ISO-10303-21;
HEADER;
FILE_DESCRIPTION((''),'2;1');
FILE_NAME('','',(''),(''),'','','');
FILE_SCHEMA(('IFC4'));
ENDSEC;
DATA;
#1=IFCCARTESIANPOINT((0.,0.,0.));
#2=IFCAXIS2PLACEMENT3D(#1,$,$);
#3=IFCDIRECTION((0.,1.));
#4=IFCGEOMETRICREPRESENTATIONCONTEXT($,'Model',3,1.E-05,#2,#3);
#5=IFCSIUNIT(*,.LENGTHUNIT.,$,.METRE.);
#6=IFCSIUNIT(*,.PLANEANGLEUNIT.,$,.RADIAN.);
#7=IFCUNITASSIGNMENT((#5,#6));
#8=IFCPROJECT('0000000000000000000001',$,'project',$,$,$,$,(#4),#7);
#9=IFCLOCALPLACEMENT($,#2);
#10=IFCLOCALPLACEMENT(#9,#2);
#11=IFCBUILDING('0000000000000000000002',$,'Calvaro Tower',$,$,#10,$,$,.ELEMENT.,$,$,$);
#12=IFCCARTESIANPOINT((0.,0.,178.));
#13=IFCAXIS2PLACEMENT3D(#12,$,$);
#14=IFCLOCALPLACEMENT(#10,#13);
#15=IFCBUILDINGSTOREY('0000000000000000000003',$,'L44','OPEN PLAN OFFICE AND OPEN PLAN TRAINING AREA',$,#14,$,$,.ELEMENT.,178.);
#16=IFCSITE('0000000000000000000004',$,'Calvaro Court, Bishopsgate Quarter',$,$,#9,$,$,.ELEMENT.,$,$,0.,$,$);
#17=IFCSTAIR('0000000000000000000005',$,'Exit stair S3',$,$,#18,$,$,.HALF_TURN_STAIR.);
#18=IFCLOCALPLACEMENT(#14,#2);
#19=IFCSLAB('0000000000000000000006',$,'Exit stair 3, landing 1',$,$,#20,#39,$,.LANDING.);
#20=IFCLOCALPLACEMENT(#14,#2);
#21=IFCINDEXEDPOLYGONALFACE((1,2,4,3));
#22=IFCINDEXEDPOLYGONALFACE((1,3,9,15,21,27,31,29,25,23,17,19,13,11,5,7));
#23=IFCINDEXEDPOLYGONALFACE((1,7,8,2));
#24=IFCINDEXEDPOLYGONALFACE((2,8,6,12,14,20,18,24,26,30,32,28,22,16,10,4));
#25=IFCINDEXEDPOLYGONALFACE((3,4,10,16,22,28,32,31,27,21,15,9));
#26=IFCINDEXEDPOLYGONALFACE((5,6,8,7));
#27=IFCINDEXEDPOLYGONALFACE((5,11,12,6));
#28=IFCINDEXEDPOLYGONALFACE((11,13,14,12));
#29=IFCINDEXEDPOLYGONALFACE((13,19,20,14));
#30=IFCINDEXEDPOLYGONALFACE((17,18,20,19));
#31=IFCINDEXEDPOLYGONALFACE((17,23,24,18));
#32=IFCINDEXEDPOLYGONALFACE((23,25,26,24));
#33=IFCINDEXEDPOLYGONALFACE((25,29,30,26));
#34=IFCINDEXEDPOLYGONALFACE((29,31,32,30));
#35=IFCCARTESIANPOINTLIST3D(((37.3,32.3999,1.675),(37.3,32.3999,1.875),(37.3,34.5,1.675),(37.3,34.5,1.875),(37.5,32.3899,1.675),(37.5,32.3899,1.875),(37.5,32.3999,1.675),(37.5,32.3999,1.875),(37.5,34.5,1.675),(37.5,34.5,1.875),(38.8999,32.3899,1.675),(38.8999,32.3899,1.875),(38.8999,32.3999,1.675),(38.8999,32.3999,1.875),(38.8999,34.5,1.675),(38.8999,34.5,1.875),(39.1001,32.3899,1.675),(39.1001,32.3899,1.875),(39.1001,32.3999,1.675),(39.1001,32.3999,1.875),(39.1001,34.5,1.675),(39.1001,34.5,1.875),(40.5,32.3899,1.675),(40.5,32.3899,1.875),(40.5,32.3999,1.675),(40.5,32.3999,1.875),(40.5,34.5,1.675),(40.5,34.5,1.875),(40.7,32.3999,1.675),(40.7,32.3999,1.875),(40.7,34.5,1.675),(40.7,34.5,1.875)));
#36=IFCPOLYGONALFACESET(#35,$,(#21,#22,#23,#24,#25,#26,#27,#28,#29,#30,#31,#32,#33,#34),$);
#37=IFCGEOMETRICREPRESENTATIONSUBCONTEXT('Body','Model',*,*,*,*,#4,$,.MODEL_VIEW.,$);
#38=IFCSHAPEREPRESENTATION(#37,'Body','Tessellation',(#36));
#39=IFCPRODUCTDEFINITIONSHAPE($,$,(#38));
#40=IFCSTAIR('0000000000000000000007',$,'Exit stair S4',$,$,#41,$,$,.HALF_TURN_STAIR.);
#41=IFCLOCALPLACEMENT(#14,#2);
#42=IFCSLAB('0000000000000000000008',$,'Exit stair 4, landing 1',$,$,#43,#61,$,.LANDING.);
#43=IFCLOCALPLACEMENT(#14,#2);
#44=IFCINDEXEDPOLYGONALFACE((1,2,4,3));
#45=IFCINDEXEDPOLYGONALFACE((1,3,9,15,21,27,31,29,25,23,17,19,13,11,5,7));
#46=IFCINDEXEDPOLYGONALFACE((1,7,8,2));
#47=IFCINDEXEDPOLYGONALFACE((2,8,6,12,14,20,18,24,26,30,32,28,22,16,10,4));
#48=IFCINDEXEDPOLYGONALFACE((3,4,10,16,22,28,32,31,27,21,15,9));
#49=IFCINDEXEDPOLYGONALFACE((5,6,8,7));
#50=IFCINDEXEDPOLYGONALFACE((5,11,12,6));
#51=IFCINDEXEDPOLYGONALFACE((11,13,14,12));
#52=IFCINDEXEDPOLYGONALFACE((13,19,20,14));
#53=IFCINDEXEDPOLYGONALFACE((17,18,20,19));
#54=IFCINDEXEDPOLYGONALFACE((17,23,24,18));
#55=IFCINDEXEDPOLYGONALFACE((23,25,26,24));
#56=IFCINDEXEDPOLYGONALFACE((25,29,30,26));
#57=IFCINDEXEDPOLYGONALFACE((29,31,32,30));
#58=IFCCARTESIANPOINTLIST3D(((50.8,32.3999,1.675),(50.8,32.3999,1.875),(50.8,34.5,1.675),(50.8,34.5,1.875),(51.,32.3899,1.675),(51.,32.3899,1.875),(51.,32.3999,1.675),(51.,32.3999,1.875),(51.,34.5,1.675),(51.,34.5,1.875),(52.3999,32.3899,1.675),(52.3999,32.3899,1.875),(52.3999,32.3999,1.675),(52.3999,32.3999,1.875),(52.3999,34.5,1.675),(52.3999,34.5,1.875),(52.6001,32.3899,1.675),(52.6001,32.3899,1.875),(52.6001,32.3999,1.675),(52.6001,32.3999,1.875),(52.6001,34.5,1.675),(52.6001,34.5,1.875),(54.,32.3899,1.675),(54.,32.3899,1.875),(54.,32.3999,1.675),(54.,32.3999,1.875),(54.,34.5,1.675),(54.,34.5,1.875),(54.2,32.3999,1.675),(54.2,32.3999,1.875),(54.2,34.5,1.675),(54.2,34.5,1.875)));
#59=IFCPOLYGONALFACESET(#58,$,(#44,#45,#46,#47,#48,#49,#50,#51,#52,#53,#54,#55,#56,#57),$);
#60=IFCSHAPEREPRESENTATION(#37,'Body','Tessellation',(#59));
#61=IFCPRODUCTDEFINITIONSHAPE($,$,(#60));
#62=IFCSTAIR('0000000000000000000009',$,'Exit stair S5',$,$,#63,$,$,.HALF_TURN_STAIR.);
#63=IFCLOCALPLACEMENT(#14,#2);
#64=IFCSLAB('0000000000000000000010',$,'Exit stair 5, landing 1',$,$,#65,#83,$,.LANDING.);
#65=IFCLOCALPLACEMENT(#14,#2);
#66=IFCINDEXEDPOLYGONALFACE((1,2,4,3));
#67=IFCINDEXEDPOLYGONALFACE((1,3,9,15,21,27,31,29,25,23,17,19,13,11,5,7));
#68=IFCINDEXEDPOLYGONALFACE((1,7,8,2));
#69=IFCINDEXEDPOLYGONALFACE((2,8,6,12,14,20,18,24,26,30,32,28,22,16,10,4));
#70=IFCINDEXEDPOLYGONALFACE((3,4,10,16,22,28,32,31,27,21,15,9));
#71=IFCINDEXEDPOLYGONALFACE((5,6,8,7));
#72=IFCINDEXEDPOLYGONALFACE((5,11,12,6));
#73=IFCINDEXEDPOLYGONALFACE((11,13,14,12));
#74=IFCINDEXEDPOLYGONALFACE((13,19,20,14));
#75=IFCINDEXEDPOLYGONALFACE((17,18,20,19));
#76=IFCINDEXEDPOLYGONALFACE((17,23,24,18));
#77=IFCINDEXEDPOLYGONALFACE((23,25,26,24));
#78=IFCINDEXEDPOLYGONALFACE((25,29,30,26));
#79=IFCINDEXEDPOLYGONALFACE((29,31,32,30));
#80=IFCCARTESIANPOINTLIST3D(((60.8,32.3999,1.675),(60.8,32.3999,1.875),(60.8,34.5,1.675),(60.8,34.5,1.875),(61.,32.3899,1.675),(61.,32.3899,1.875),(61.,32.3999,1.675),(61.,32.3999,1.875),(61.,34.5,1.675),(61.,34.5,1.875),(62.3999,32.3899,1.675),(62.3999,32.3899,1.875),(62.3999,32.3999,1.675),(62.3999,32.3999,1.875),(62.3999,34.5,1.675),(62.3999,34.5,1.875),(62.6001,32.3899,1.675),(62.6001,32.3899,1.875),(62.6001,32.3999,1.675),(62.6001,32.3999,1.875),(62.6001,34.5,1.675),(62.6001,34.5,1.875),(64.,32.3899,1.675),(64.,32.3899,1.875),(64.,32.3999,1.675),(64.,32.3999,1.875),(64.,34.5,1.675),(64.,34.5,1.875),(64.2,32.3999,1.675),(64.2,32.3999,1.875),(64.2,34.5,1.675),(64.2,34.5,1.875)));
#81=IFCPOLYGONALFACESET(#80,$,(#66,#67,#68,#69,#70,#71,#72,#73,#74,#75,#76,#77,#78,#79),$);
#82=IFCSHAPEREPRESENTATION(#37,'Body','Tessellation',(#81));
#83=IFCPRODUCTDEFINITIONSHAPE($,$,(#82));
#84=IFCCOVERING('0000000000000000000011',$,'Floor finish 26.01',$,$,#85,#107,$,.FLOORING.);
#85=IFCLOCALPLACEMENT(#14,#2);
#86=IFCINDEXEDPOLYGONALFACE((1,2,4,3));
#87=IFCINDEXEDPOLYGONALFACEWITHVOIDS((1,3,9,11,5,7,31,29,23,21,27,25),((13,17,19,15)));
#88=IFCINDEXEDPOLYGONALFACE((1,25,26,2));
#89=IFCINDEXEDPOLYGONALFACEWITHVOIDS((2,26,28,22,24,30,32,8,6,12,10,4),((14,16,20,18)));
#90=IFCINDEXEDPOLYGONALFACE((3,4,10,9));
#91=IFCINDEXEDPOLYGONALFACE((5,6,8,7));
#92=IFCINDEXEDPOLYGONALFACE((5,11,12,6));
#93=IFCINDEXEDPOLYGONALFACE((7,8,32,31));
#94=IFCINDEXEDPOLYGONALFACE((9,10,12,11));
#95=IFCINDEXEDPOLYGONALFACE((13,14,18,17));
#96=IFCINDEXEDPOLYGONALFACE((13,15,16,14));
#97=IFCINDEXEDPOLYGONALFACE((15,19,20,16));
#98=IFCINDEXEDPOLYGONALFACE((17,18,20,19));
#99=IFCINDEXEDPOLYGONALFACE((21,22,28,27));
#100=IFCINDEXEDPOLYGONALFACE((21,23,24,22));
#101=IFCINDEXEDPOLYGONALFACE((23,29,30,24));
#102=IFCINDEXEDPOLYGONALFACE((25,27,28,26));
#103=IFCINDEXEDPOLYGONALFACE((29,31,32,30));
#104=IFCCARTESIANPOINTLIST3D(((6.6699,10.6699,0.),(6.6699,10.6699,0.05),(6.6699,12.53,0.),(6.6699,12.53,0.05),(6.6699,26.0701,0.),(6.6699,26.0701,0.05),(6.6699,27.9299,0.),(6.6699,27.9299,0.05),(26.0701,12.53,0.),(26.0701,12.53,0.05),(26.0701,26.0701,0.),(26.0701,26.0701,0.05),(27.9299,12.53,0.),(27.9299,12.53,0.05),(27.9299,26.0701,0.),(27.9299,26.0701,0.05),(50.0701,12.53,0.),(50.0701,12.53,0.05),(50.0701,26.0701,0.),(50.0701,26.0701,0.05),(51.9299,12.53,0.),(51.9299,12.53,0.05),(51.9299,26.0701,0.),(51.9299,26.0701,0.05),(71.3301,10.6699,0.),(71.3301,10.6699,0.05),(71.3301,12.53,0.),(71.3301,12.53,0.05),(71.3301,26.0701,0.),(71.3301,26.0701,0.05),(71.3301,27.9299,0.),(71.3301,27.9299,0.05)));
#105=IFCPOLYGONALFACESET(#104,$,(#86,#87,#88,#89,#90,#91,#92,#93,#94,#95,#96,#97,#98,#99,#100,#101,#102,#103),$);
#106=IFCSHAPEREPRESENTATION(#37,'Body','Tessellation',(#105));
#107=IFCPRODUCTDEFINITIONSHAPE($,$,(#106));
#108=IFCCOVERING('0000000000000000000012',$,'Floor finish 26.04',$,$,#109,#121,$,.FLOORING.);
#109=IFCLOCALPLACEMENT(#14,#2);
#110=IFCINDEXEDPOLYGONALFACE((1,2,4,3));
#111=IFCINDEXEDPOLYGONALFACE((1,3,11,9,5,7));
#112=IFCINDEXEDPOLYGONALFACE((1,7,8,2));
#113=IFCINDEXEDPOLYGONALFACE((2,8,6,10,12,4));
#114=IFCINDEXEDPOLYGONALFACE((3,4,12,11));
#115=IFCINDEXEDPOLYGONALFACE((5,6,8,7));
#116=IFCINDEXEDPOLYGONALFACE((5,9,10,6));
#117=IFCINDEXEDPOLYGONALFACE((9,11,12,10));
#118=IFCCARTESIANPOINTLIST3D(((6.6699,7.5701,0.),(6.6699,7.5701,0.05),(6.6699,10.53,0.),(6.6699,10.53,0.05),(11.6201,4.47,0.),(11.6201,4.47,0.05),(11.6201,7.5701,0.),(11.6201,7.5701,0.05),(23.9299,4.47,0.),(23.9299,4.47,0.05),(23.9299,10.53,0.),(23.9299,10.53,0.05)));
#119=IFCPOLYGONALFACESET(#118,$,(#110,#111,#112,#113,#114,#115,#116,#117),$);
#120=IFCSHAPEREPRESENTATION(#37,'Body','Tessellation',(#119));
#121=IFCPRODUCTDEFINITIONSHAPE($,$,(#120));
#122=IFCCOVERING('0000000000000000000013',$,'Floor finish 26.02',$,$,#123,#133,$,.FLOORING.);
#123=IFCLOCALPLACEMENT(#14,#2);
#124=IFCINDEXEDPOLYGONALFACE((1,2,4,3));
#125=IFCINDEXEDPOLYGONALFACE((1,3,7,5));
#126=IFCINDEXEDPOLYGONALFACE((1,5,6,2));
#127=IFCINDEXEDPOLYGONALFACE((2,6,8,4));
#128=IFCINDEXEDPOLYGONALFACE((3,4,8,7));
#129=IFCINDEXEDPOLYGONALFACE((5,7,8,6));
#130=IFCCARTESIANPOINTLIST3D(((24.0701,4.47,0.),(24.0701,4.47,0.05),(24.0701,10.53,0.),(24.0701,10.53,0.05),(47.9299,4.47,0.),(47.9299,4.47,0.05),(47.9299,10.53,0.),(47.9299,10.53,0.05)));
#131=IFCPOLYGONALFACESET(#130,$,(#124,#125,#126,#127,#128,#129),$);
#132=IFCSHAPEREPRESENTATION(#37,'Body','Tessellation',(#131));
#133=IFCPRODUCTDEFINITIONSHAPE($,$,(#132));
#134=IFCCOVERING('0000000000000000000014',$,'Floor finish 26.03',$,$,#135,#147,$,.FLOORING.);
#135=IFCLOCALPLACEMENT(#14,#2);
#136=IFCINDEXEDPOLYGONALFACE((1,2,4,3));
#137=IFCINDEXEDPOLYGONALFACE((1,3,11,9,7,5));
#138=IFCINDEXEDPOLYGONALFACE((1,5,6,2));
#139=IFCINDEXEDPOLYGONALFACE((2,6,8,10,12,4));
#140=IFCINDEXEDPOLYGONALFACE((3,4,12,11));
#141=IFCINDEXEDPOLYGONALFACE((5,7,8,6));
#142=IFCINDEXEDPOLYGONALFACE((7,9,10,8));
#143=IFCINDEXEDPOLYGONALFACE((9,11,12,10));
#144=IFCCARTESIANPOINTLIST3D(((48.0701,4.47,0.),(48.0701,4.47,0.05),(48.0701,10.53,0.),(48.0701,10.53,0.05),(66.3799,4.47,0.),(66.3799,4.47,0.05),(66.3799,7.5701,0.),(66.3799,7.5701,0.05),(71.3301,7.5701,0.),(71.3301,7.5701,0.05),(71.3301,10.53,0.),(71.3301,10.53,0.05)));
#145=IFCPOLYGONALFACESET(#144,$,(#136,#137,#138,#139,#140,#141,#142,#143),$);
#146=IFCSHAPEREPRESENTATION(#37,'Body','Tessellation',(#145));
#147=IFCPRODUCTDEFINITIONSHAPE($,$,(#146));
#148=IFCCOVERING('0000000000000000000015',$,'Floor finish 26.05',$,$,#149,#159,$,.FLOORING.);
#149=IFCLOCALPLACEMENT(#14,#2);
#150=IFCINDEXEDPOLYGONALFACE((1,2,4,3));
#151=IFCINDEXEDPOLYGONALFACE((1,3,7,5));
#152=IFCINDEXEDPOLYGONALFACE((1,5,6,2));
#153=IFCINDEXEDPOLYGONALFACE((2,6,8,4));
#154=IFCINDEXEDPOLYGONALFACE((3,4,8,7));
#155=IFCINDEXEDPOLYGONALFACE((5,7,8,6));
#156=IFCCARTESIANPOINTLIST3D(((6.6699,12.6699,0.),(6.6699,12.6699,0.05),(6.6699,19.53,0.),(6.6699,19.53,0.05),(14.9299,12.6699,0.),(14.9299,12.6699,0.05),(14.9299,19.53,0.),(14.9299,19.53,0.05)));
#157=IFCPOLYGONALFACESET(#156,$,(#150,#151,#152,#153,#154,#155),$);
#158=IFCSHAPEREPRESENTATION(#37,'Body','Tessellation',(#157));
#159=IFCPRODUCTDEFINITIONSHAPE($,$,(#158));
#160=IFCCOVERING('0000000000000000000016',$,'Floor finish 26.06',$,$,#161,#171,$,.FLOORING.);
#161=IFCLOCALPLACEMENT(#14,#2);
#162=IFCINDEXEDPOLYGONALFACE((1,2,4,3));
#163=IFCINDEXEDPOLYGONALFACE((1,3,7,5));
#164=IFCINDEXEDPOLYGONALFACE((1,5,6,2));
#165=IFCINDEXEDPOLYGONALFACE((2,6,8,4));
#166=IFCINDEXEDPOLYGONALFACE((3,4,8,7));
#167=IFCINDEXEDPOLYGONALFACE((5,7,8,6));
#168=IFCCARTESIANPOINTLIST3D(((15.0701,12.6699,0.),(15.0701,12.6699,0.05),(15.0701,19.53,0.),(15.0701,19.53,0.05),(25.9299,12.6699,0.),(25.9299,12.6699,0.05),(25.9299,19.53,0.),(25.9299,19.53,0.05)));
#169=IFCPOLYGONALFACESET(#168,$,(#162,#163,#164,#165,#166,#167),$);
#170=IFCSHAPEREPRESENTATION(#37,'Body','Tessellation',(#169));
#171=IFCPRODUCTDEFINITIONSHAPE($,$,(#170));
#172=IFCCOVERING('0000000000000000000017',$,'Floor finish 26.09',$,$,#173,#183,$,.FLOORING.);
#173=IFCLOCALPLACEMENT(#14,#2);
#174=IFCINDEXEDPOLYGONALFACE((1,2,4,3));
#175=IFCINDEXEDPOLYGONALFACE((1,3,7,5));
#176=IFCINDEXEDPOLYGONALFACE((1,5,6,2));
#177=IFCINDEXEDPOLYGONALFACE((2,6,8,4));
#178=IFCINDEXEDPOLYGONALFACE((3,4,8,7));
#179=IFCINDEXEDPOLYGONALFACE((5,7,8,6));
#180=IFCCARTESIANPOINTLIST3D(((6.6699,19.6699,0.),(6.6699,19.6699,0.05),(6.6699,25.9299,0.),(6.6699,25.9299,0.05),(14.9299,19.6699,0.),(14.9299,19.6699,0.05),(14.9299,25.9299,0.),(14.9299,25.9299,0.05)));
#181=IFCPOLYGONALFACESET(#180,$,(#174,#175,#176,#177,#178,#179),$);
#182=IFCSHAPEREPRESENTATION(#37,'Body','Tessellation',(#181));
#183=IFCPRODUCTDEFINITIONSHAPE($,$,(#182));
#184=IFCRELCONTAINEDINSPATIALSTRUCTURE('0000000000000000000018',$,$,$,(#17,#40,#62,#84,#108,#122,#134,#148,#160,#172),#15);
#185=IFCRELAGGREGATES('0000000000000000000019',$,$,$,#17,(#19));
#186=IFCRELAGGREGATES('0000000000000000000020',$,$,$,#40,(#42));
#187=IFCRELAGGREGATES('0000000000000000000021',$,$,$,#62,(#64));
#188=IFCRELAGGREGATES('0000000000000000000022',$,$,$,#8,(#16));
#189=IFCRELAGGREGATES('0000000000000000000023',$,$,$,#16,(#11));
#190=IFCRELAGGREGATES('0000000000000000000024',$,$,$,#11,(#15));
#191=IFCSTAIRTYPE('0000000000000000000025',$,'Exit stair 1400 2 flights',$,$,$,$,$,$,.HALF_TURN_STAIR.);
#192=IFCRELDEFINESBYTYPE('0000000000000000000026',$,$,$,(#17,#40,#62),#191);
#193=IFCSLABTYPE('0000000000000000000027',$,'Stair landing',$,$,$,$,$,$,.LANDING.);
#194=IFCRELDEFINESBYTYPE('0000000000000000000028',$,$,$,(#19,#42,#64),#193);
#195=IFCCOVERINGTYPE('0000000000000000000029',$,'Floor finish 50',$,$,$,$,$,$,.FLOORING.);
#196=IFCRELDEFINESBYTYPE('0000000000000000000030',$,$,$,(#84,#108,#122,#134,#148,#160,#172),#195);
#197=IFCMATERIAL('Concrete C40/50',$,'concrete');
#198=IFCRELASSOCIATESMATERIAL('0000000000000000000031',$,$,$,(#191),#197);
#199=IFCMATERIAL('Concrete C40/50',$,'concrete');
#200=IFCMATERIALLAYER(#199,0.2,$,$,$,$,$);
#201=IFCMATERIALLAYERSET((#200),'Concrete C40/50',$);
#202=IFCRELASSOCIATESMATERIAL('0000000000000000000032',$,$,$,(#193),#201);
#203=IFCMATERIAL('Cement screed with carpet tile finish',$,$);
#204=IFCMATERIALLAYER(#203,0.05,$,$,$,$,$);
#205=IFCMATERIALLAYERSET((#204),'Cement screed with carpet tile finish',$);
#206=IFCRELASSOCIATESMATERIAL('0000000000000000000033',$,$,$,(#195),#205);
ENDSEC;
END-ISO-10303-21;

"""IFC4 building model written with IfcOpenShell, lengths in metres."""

from ifc_helpers import new_model, si_unit, direction, frame, origin, place, context, subcontext, project, spatial, polyline, outline, extrude, material, layer, layer_set, type_object, element, aggregate, save


model = new_model("IFC4")

# Units and contexts
model_context = context("Model", 3, precision=1e-05, world=origin(), true_north=direction((0.0, 1.0)))
body_context = subcontext(model_context, "Body", "Model", "MODEL_VIEW")
ifc_project = project(units=[si_unit("LENGTHUNIT", "METRE"), si_unit("PLANEANGLEUNIT", "RADIAN")], contexts=[model_context])

# Site, building, storey
site_placement = place(None, origin())
site = spatial("IfcSite", under=ifc_project, at=site_placement, Name="Calvaro Court, Bishopsgate Quarter", CompositionType="ELEMENT", RefElevation=0.0)
building_placement = place(site_placement, origin())
building = spatial("IfcBuilding", under=site, at=building_placement, Name="Calvaro Tower", CompositionType="ELEMENT")
storey_placement = place(building_placement, frame((0.0, 0.0, 178.0)))
storey = spatial("IfcBuildingStorey", under=building, at=storey_placement, Name="L44", Description="OPEN PLAN OFFICE AND OPEN PLAN TRAINING AREA", CompositionType="ELEMENT", Elevation=178.0)

# Stairs, slabs
ifc_material_1 = material(Name="Concrete C40/50", Category="concrete")
stair_type = type_object("IfcStairType", Name="Exit stair 1400 2 flights", PredefinedType="HALF_TURN_STAIR", material=ifc_material_1)
ifc_material_2 = material(Name="Concrete C40/50", Category="concrete")
ifc_layer_1 = layer(ifc_material_2, 0.2)
ifc_layer_set_1 = layer_set([ifc_layer_1], Name="Concrete C40/50")
slab_type_1 = type_object("IfcSlabType", Name="Stair landing", PredefinedType="LANDING", material=ifc_layer_set_1)
stair_1_placement = place(storey_placement, origin())
stair_1 = element("IfcStair", 1, at=stair_1_placement, inside=storey, type_object=stair_type, Name="Exit stair S3", PredefinedType="HALF_TURN_STAIR")
slab_1_placement = place(storey_placement, frame((0.0, 0.0, 1.675)))
slab_1 = element("IfcSlab", 2, at=slab_1_placement, type_object=slab_type_1, Name="Exit stair 3, landing 1", PredefinedType="LANDING", context=body_context, shape_type="SweptSolid", body=[
    extrude(outline(polyline([(38.8999, 32.3899), (37.5, 32.3899), (37.5, 32.3999), (37.3, 32.3999), (37.3, 34.5), (37.5, 34.5), (38.8999, 34.5), (39.1001, 34.5), (40.5, 34.5), (40.7, 34.5), (40.7, 32.3999), (40.5, 32.3999), (40.5, 32.3899), (39.1001, 32.3899), (39.1001, 32.3999), (38.8999, 32.3999), (38.8999, 32.3899)])), origin(), (0.0, 0.0, 1.0), 0.2),
])
aggregate(stair_1, [slab_1])
stair_2_placement = place(storey_placement, origin())
stair_2 = element("IfcStair", 3, at=stair_2_placement, inside=storey, type_object=stair_type, Name="Exit stair S4", PredefinedType="HALF_TURN_STAIR")
slab_2_placement = place(storey_placement, frame((0.0, 0.0, 1.675)))
slab_2 = element("IfcSlab", 4, at=slab_2_placement, type_object=slab_type_1, Name="Exit stair 4, landing 1", PredefinedType="LANDING", context=body_context, shape_type="SweptSolid", body=[
    extrude(outline(polyline([(52.3999, 32.3899), (51.0, 32.3899), (51.0, 32.3999), (50.8, 32.3999), (50.8, 34.5), (51.0, 34.5), (52.3999, 34.5), (52.6001, 34.5), (54.0, 34.5), (54.2, 34.5), (54.2, 32.3999), (54.0, 32.3999), (54.0, 32.3899), (52.6001, 32.3899), (52.6001, 32.3999), (52.3999, 32.3999), (52.3999, 32.3899)])), origin(), (0.0, 0.0, 1.0), 0.2),
])
aggregate(stair_2, [slab_2])
stair_3_placement = place(storey_placement, origin())
stair_3 = element("IfcStair", 5, at=stair_3_placement, inside=storey, type_object=stair_type, Name="Exit stair S5", PredefinedType="HALF_TURN_STAIR")
slab_3_placement = place(storey_placement, frame((0.0, 0.0, 1.675)))
slab_3 = element("IfcSlab", 6, at=slab_3_placement, type_object=slab_type_1, Name="Exit stair 5, landing 1", PredefinedType="LANDING", context=body_context, shape_type="SweptSolid", body=[
    extrude(outline(polyline([(62.3999, 32.3899), (61.0, 32.3899), (61.0, 32.3999), (60.8, 32.3999), (60.8, 34.5), (61.0, 34.5), (62.3999, 34.5), (62.6001, 34.5), (64.0, 34.5), (64.2, 34.5), (64.2, 32.3999), (64.0, 32.3999), (64.0, 32.3899), (62.6001, 32.3899), (62.6001, 32.3999), (62.3999, 32.3999), (62.3999, 32.3899)])), origin(), (0.0, 0.0, 1.0), 0.2),
])
aggregate(stair_3, [slab_3])

# Coverings
ifc_material_3 = material(Name="Cement screed with carpet tile finish")
ifc_layer_2 = layer(ifc_material_3, 0.05)
ifc_layer_set_2 = layer_set([ifc_layer_2], Name="Cement screed with carpet tile finish")
covering_type = type_object("IfcCoveringType", Name="Floor finish 50", PredefinedType="FLOORING", material=ifc_layer_set_2)
covering_1_placement = place(storey_placement, origin())
element("IfcCovering", 7, at=covering_1_placement, inside=storey, type_object=covering_type, Name="Floor finish 26.01", PredefinedType="FLOORING", context=body_context, shape_type="SweptSolid", body=[
    extrude(outline(polyline([(6.6699, 10.6699), (6.6699, 12.53), (26.0701, 12.53), (26.0701, 26.0701), (6.6699, 26.0701), (6.6699, 27.9299), (71.3301, 27.9299), (71.3301, 26.0701), (51.9299, 26.0701), (51.9299, 12.53), (71.3301, 12.53), (71.3301, 10.6699), (6.6699, 10.6699)]), holes=[polyline([(50.0701, 12.53), (50.0701, 26.0701), (27.9299, 26.0701), (27.9299, 12.53), (50.0701, 12.53)])]), origin(), (0.0, 0.0, 1.0), 0.05),
])
covering_2_placement = place(storey_placement, origin())
element("IfcCovering", 8, at=covering_2_placement, inside=storey, type_object=covering_type, Name="Floor finish 26.04", PredefinedType="FLOORING", context=body_context, shape_type="SweptSolid", body=[
    extrude(outline(polyline([(23.9299, 10.53), (23.9299, 4.47), (11.6201, 4.47), (11.6201, 7.5701), (6.6699, 7.5701), (6.6699, 10.53), (23.9299, 10.53)])), origin(), (0.0, 0.0, 1.0), 0.05),
])
covering_3_placement = place(storey_placement, origin())
element("IfcCovering", 9, at=covering_3_placement, inside=storey, type_object=covering_type, Name="Floor finish 26.02", PredefinedType="FLOORING", context=body_context, shape_type="SweptSolid", body=[
    extrude(outline(polyline([(24.0701, 10.53), (47.9299, 10.53), (47.9299, 4.47), (24.0701, 4.47), (24.0701, 10.53)])), origin(), (0.0, 0.0, 1.0), 0.05),
])
covering_4_placement = place(storey_placement, origin())
element("IfcCovering", 10, at=covering_4_placement, inside=storey, type_object=covering_type, Name="Floor finish 26.03", PredefinedType="FLOORING", context=body_context, shape_type="SweptSolid", body=[
    extrude(outline(polyline([(71.3301, 7.5701), (66.3799, 7.5701), (66.3799, 4.47), (48.0701, 4.47), (48.0701, 10.53), (71.3301, 10.53), (71.3301, 7.5701)])), origin(), (0.0, 0.0, 1.0), 0.05),
])
covering_5_placement = place(storey_placement, origin())
element("IfcCovering", 11, at=covering_5_placement, inside=storey, type_object=covering_type, Name="Floor finish 26.05", PredefinedType="FLOORING", context=body_context, shape_type="SweptSolid", body=[
    extrude(outline(polyline([(14.9299, 19.53), (14.9299, 12.6699), (6.6699, 12.6699), (6.6699, 19.53), (14.9299, 19.53)])), origin(), (0.0, 0.0, 1.0), 0.05),
])
covering_6_placement = place(storey_placement, origin())
element("IfcCovering", 12, at=covering_6_placement, inside=storey, type_object=covering_type, Name="Floor finish 26.06", PredefinedType="FLOORING", context=body_context, shape_type="SweptSolid", body=[
    extrude(outline(polyline([(15.0701, 12.6699), (15.0701, 19.53), (25.9299, 19.53), (25.9299, 12.6699), (15.0701, 12.6699)])), origin(), (0.0, 0.0, 1.0), 0.05),
])
covering_7_placement = place(storey_placement, origin())
element("IfcCovering", 13, at=covering_7_placement, inside=storey, type_object=covering_type, Name="Floor finish 26.09", PredefinedType="FLOORING", context=body_context, shape_type="SweptSolid", body=[
    extrude(outline(polyline([(14.9299, 25.9299), (14.9299, 19.6699), (6.6699, 19.6699), (6.6699, 25.9299), (14.9299, 25.9299)])), origin(), (0.0, 0.0, 1.0), 0.05),
])

save(model, "model.ifc")
